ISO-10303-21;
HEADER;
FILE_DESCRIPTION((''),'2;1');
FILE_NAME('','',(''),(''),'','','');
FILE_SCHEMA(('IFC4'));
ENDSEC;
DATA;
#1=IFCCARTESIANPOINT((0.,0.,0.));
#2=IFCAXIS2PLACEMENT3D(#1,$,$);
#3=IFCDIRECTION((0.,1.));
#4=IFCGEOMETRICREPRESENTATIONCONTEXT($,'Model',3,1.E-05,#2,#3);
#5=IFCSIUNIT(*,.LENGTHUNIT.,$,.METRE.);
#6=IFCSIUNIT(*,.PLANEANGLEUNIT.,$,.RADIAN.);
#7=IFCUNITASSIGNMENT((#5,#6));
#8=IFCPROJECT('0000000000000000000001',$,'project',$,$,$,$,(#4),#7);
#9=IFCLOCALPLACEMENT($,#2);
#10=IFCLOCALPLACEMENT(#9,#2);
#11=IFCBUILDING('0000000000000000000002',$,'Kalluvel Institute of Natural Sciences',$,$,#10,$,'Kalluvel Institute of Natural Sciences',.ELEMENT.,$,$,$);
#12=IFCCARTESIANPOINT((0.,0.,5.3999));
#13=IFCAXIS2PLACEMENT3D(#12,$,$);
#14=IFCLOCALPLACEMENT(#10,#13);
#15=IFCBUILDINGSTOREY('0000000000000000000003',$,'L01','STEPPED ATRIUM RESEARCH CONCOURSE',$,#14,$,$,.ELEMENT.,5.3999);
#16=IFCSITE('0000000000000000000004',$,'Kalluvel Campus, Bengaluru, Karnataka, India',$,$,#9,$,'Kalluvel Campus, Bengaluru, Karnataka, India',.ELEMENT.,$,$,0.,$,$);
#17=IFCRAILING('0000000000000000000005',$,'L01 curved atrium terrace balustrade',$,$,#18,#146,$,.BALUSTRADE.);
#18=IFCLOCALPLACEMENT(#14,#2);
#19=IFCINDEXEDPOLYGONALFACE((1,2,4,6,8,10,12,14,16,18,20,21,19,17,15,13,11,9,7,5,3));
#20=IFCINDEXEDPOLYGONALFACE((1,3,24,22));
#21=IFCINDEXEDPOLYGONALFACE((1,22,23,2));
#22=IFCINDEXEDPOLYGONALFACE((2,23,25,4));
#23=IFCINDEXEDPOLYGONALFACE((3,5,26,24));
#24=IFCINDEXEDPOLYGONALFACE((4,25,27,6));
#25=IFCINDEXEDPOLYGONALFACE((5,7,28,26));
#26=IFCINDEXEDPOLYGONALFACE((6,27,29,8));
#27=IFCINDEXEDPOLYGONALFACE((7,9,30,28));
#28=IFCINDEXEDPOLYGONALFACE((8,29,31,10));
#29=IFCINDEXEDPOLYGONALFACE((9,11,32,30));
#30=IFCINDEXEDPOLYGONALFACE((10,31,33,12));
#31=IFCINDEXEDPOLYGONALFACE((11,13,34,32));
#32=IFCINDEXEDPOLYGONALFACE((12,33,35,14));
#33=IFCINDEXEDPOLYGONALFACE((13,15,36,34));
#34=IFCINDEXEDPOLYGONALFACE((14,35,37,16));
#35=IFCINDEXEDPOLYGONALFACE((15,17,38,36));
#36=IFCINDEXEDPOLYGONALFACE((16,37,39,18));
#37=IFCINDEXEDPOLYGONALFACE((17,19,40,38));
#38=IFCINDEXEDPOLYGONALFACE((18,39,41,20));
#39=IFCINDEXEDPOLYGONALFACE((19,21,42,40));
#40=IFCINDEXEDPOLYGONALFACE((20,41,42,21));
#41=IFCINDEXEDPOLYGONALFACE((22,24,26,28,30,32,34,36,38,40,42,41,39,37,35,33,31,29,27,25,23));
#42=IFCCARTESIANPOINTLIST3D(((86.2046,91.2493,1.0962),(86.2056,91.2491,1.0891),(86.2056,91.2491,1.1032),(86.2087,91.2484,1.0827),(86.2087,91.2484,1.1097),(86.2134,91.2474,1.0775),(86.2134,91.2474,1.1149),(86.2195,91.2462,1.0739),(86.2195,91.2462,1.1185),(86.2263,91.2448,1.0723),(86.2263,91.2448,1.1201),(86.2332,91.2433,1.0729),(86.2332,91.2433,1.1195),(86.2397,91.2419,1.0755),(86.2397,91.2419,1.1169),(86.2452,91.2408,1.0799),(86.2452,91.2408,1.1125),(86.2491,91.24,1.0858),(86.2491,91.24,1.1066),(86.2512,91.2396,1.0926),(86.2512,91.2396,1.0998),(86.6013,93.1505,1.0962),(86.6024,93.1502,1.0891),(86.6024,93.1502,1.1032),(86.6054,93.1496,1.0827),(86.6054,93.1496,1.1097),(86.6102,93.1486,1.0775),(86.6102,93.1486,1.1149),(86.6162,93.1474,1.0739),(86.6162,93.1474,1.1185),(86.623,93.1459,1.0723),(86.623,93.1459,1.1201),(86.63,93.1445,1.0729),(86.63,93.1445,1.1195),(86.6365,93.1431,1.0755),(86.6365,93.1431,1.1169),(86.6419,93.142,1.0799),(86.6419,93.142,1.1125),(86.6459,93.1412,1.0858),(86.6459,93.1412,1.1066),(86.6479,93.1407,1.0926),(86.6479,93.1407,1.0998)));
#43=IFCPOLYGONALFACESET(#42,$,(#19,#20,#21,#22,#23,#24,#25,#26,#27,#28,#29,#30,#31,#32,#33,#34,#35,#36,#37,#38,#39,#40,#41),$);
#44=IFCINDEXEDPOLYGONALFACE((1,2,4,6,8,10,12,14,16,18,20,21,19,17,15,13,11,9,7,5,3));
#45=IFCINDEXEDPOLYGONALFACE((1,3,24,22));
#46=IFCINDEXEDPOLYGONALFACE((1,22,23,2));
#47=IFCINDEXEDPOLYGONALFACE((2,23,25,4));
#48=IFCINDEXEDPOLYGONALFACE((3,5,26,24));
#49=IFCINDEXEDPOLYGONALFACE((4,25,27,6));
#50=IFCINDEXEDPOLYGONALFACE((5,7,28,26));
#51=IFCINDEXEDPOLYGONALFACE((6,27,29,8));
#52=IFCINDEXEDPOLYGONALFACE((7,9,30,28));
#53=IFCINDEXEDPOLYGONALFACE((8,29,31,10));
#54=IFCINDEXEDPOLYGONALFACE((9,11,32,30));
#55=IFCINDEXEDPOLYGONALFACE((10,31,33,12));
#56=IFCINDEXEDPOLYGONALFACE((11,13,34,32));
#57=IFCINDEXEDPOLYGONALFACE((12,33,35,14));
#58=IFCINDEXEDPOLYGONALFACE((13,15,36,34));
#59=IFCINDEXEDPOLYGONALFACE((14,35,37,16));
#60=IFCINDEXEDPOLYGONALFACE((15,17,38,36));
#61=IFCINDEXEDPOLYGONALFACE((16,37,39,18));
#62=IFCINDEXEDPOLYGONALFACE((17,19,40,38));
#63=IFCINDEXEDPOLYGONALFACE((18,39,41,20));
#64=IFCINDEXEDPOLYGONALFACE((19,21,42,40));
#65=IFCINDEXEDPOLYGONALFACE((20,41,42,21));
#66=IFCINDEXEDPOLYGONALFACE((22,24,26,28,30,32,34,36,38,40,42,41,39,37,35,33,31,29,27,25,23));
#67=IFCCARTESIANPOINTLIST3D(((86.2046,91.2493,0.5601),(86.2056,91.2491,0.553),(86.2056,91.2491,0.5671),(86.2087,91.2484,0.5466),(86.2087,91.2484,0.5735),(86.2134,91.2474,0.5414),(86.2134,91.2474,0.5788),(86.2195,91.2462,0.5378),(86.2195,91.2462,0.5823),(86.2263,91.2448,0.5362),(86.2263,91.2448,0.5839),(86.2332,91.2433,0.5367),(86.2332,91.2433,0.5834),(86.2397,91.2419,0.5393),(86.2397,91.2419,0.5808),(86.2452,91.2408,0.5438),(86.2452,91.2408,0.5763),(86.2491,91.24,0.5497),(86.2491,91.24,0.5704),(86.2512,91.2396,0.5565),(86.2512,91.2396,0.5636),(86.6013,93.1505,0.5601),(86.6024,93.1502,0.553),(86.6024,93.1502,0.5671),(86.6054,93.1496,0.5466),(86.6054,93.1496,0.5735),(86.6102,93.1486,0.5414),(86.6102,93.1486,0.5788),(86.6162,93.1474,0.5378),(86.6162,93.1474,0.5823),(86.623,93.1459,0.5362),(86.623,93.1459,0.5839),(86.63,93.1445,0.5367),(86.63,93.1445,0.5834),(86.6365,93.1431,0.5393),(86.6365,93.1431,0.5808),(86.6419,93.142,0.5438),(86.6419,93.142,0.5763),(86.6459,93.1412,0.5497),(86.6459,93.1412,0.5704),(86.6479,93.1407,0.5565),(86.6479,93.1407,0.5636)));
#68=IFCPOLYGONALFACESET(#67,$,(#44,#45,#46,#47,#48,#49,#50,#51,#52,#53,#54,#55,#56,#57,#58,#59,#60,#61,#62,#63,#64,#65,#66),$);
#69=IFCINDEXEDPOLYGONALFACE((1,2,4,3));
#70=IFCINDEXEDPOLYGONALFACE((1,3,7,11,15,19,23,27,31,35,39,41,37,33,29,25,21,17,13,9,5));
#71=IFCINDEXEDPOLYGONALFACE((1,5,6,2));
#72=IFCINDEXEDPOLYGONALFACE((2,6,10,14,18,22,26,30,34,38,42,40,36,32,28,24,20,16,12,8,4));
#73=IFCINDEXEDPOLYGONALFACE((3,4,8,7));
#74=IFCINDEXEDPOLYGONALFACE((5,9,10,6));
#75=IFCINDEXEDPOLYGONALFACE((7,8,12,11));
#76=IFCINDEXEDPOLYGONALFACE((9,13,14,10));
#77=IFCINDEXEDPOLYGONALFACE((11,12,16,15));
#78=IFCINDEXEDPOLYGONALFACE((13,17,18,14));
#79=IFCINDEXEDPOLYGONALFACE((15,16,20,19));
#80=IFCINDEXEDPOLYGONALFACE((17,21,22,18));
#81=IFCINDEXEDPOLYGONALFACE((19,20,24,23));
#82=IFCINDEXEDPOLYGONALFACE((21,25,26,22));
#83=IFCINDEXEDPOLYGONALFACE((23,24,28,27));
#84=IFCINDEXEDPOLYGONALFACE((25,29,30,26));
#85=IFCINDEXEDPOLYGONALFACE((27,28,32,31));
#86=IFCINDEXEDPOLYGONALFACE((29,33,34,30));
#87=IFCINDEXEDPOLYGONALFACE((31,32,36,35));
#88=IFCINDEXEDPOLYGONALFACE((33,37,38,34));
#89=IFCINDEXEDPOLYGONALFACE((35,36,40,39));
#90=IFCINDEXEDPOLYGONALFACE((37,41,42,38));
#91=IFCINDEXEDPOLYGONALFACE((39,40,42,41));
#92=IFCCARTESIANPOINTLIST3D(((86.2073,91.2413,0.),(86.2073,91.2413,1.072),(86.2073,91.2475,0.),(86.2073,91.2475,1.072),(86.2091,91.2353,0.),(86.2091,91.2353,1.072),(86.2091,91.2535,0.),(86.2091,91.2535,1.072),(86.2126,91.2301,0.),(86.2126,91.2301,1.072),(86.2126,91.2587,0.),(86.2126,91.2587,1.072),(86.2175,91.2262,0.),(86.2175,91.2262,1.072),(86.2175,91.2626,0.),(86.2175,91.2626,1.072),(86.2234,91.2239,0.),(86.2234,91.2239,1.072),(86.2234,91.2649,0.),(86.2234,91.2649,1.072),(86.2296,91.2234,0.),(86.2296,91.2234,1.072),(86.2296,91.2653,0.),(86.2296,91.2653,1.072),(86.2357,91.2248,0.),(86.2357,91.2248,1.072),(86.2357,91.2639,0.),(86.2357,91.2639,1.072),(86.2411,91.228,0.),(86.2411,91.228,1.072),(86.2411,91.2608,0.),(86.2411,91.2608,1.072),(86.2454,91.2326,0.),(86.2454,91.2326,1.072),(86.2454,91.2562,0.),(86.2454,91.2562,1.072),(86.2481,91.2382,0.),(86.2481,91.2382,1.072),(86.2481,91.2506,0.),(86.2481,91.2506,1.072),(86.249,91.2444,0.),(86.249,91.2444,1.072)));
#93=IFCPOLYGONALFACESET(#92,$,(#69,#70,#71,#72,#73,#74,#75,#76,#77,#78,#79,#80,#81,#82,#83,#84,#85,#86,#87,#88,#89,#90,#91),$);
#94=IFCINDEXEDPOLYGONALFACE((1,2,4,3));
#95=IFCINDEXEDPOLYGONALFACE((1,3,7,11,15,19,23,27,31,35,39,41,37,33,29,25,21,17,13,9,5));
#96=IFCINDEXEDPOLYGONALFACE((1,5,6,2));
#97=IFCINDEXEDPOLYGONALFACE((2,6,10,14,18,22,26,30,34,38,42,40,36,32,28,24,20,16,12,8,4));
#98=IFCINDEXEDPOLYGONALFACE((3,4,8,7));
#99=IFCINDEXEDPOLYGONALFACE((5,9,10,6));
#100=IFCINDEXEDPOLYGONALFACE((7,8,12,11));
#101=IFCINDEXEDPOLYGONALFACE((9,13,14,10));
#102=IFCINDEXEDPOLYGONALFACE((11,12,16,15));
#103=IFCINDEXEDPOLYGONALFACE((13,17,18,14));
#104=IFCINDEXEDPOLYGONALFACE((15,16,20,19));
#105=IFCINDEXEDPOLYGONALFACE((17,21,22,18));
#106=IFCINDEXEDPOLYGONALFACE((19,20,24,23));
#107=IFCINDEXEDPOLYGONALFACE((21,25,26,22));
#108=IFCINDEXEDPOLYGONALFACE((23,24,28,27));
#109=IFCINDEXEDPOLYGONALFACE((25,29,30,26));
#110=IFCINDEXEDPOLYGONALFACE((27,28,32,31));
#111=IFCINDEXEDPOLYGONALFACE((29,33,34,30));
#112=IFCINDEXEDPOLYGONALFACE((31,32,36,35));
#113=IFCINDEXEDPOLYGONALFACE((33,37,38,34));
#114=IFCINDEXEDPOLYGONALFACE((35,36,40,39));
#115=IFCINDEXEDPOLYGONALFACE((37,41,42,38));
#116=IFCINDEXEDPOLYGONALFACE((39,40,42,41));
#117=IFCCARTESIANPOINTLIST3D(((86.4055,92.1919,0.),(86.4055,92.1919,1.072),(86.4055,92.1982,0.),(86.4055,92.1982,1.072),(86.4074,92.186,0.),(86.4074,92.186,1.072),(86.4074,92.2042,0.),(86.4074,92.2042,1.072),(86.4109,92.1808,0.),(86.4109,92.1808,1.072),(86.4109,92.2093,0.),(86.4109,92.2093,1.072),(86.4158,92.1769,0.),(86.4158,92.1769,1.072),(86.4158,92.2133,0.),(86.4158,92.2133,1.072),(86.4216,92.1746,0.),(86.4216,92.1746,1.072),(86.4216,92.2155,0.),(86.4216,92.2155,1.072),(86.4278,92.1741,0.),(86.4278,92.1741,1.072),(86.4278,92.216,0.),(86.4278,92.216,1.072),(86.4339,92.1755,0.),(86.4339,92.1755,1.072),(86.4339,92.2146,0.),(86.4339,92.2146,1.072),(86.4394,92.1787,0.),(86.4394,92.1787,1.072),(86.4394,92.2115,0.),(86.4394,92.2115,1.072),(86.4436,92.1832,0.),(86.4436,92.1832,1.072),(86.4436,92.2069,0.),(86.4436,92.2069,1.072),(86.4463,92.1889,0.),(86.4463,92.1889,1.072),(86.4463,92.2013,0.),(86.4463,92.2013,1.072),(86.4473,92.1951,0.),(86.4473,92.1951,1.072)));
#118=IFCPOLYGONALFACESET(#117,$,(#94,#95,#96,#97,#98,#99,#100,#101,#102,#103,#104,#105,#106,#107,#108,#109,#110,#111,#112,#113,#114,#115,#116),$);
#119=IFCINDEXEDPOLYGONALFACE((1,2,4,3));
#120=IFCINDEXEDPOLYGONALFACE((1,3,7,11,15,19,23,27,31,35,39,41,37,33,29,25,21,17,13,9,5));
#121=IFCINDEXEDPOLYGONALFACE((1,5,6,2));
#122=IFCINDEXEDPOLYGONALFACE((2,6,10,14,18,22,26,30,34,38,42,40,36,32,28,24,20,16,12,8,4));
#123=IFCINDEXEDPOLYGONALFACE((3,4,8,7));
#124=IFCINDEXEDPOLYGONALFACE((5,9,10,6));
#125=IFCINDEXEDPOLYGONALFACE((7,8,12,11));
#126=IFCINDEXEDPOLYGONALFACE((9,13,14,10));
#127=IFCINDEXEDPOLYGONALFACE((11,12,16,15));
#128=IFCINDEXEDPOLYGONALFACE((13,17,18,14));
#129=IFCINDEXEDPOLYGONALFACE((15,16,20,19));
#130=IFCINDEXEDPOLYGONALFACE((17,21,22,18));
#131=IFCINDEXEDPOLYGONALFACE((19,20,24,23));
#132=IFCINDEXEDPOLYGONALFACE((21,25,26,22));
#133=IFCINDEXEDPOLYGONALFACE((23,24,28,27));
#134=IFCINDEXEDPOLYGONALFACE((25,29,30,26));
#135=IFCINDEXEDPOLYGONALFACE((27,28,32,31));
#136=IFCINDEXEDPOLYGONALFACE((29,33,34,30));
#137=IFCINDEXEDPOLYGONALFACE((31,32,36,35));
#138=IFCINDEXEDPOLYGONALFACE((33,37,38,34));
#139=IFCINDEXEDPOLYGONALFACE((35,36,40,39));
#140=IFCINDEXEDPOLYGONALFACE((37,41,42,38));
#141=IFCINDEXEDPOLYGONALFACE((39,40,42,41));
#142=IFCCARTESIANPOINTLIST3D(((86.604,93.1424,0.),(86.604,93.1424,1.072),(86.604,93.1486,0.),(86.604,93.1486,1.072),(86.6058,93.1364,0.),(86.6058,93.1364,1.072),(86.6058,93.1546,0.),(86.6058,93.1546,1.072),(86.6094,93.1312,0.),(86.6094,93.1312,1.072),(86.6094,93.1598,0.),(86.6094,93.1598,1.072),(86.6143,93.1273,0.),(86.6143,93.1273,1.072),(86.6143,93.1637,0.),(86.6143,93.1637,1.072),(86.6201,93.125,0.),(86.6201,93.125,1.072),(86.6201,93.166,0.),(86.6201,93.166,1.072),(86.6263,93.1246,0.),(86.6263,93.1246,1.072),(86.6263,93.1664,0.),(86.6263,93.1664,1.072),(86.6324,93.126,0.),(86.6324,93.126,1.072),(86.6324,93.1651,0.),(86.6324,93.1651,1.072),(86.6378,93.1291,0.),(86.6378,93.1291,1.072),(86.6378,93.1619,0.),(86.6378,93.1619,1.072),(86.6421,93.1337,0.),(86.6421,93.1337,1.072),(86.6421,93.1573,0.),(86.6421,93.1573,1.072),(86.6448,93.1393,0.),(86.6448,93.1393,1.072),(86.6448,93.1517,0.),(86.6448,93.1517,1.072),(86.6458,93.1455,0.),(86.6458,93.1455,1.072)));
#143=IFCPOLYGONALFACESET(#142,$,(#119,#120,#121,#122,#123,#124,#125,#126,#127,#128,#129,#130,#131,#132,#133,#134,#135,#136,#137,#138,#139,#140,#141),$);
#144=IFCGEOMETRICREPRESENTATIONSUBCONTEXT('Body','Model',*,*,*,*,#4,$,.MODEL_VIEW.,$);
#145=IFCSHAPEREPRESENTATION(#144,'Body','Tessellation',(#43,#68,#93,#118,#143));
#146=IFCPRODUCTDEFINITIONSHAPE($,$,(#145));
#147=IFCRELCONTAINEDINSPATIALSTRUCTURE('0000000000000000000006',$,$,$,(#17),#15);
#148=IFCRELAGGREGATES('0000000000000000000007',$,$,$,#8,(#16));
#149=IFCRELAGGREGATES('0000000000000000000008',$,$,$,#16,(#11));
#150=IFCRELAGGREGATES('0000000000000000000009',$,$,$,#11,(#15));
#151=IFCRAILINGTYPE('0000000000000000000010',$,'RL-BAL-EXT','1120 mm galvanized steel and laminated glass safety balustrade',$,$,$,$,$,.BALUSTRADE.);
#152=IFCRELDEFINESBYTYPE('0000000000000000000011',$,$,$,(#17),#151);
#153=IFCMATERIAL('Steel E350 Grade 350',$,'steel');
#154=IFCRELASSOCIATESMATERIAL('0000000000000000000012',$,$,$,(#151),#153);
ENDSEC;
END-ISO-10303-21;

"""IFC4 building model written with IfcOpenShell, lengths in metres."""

from ifc_helpers import new_model, si_unit, direction, frame, origin, origin_2d, place, context, subcontext, project, spatial, circle, extrude, material, type_object, element, save


model = new_model("IFC4")

# Units and contexts
model_context = context("Model", 3, precision=1e-05, world=origin(), true_north=direction((0.0, 1.0)))
body_context = subcontext(model_context, "Body", "Model", "MODEL_VIEW")
ifc_project = project(units=[si_unit("LENGTHUNIT", "METRE"), si_unit("PLANEANGLEUNIT", "RADIAN")], contexts=[model_context])

# Site, building, storey
site_placement = place(None, origin())
site = spatial("IfcSite", under=ifc_project, at=site_placement, Name="Kalluvel Campus, Bengaluru, Karnataka, India", LongName="Kalluvel Campus, Bengaluru, Karnataka, India", CompositionType="ELEMENT", RefElevation=0.0)
building_placement = place(site_placement, origin())
building = spatial("IfcBuilding", under=site, at=building_placement, Name="Kalluvel Institute of Natural Sciences", LongName="Kalluvel Institute of Natural Sciences", CompositionType="ELEMENT")
storey_placement = place(building_placement, frame((0.0, 0.0, 5.3999)))
storey = spatial("IfcBuildingStorey", under=building, at=storey_placement, Name="L01", Description="STEPPED ATRIUM RESEARCH CONCOURSE", CompositionType="ELEMENT", Elevation=5.3999)

# Railing
ifc_material_1 = material(Name="Steel E350 Grade 350", Category="steel")
railing_type = type_object("IfcRailingType", Name="RL-BAL-EXT", Description="1120 mm galvanized steel and laminated glass safety balustrade", PredefinedType="BALUSTRADE", material=ifc_material_1)
railing_1_placement = place(storey_placement, frame((86.228, 91.2444, 0.0)))
element("IfcRailing", 1, at=railing_1_placement, inside=storey, type_object=railing_type, Name="L01 curved atrium terrace balustrade", PredefinedType="BALUSTRADE", context=body_context, shape_type="SweptSolid", body=[
    extrude(circle(Radius=0.0239, at=origin_2d()), frame((0.0, 0.0, 1.0962), z_axis=(0.204281, 0.978912, 0.0), x_axis=(-0.978912, 0.204281, 0.0)), (0.0, 0.0, 1.0), 1.9421),
    extrude(circle(Radius=0.0239, at=origin_2d()), frame((0.0, 0.0, 0.5601), z_axis=(0.204281, 0.978912, 0.0), x_axis=(-0.978912, 0.204281, 0.0)), (0.0, 0.0, 1.0), 1.9421),
    extrude(circle(Radius=0.021, at=origin_2d()), origin(), (0.0, 0.0, 1.0), 1.072),
    extrude(circle(Radius=0.021, at=origin_2d()), frame((0.1982, 0.9507, 0.0)), (0.0, 0.0, 1.0), 1.072),
    extrude(circle(Radius=0.021, at=origin_2d()), frame((0.3967, 1.9011, 0.0)), (0.0, 0.0, 1.0), 1.072),
])

save(model, "model.ifc")
